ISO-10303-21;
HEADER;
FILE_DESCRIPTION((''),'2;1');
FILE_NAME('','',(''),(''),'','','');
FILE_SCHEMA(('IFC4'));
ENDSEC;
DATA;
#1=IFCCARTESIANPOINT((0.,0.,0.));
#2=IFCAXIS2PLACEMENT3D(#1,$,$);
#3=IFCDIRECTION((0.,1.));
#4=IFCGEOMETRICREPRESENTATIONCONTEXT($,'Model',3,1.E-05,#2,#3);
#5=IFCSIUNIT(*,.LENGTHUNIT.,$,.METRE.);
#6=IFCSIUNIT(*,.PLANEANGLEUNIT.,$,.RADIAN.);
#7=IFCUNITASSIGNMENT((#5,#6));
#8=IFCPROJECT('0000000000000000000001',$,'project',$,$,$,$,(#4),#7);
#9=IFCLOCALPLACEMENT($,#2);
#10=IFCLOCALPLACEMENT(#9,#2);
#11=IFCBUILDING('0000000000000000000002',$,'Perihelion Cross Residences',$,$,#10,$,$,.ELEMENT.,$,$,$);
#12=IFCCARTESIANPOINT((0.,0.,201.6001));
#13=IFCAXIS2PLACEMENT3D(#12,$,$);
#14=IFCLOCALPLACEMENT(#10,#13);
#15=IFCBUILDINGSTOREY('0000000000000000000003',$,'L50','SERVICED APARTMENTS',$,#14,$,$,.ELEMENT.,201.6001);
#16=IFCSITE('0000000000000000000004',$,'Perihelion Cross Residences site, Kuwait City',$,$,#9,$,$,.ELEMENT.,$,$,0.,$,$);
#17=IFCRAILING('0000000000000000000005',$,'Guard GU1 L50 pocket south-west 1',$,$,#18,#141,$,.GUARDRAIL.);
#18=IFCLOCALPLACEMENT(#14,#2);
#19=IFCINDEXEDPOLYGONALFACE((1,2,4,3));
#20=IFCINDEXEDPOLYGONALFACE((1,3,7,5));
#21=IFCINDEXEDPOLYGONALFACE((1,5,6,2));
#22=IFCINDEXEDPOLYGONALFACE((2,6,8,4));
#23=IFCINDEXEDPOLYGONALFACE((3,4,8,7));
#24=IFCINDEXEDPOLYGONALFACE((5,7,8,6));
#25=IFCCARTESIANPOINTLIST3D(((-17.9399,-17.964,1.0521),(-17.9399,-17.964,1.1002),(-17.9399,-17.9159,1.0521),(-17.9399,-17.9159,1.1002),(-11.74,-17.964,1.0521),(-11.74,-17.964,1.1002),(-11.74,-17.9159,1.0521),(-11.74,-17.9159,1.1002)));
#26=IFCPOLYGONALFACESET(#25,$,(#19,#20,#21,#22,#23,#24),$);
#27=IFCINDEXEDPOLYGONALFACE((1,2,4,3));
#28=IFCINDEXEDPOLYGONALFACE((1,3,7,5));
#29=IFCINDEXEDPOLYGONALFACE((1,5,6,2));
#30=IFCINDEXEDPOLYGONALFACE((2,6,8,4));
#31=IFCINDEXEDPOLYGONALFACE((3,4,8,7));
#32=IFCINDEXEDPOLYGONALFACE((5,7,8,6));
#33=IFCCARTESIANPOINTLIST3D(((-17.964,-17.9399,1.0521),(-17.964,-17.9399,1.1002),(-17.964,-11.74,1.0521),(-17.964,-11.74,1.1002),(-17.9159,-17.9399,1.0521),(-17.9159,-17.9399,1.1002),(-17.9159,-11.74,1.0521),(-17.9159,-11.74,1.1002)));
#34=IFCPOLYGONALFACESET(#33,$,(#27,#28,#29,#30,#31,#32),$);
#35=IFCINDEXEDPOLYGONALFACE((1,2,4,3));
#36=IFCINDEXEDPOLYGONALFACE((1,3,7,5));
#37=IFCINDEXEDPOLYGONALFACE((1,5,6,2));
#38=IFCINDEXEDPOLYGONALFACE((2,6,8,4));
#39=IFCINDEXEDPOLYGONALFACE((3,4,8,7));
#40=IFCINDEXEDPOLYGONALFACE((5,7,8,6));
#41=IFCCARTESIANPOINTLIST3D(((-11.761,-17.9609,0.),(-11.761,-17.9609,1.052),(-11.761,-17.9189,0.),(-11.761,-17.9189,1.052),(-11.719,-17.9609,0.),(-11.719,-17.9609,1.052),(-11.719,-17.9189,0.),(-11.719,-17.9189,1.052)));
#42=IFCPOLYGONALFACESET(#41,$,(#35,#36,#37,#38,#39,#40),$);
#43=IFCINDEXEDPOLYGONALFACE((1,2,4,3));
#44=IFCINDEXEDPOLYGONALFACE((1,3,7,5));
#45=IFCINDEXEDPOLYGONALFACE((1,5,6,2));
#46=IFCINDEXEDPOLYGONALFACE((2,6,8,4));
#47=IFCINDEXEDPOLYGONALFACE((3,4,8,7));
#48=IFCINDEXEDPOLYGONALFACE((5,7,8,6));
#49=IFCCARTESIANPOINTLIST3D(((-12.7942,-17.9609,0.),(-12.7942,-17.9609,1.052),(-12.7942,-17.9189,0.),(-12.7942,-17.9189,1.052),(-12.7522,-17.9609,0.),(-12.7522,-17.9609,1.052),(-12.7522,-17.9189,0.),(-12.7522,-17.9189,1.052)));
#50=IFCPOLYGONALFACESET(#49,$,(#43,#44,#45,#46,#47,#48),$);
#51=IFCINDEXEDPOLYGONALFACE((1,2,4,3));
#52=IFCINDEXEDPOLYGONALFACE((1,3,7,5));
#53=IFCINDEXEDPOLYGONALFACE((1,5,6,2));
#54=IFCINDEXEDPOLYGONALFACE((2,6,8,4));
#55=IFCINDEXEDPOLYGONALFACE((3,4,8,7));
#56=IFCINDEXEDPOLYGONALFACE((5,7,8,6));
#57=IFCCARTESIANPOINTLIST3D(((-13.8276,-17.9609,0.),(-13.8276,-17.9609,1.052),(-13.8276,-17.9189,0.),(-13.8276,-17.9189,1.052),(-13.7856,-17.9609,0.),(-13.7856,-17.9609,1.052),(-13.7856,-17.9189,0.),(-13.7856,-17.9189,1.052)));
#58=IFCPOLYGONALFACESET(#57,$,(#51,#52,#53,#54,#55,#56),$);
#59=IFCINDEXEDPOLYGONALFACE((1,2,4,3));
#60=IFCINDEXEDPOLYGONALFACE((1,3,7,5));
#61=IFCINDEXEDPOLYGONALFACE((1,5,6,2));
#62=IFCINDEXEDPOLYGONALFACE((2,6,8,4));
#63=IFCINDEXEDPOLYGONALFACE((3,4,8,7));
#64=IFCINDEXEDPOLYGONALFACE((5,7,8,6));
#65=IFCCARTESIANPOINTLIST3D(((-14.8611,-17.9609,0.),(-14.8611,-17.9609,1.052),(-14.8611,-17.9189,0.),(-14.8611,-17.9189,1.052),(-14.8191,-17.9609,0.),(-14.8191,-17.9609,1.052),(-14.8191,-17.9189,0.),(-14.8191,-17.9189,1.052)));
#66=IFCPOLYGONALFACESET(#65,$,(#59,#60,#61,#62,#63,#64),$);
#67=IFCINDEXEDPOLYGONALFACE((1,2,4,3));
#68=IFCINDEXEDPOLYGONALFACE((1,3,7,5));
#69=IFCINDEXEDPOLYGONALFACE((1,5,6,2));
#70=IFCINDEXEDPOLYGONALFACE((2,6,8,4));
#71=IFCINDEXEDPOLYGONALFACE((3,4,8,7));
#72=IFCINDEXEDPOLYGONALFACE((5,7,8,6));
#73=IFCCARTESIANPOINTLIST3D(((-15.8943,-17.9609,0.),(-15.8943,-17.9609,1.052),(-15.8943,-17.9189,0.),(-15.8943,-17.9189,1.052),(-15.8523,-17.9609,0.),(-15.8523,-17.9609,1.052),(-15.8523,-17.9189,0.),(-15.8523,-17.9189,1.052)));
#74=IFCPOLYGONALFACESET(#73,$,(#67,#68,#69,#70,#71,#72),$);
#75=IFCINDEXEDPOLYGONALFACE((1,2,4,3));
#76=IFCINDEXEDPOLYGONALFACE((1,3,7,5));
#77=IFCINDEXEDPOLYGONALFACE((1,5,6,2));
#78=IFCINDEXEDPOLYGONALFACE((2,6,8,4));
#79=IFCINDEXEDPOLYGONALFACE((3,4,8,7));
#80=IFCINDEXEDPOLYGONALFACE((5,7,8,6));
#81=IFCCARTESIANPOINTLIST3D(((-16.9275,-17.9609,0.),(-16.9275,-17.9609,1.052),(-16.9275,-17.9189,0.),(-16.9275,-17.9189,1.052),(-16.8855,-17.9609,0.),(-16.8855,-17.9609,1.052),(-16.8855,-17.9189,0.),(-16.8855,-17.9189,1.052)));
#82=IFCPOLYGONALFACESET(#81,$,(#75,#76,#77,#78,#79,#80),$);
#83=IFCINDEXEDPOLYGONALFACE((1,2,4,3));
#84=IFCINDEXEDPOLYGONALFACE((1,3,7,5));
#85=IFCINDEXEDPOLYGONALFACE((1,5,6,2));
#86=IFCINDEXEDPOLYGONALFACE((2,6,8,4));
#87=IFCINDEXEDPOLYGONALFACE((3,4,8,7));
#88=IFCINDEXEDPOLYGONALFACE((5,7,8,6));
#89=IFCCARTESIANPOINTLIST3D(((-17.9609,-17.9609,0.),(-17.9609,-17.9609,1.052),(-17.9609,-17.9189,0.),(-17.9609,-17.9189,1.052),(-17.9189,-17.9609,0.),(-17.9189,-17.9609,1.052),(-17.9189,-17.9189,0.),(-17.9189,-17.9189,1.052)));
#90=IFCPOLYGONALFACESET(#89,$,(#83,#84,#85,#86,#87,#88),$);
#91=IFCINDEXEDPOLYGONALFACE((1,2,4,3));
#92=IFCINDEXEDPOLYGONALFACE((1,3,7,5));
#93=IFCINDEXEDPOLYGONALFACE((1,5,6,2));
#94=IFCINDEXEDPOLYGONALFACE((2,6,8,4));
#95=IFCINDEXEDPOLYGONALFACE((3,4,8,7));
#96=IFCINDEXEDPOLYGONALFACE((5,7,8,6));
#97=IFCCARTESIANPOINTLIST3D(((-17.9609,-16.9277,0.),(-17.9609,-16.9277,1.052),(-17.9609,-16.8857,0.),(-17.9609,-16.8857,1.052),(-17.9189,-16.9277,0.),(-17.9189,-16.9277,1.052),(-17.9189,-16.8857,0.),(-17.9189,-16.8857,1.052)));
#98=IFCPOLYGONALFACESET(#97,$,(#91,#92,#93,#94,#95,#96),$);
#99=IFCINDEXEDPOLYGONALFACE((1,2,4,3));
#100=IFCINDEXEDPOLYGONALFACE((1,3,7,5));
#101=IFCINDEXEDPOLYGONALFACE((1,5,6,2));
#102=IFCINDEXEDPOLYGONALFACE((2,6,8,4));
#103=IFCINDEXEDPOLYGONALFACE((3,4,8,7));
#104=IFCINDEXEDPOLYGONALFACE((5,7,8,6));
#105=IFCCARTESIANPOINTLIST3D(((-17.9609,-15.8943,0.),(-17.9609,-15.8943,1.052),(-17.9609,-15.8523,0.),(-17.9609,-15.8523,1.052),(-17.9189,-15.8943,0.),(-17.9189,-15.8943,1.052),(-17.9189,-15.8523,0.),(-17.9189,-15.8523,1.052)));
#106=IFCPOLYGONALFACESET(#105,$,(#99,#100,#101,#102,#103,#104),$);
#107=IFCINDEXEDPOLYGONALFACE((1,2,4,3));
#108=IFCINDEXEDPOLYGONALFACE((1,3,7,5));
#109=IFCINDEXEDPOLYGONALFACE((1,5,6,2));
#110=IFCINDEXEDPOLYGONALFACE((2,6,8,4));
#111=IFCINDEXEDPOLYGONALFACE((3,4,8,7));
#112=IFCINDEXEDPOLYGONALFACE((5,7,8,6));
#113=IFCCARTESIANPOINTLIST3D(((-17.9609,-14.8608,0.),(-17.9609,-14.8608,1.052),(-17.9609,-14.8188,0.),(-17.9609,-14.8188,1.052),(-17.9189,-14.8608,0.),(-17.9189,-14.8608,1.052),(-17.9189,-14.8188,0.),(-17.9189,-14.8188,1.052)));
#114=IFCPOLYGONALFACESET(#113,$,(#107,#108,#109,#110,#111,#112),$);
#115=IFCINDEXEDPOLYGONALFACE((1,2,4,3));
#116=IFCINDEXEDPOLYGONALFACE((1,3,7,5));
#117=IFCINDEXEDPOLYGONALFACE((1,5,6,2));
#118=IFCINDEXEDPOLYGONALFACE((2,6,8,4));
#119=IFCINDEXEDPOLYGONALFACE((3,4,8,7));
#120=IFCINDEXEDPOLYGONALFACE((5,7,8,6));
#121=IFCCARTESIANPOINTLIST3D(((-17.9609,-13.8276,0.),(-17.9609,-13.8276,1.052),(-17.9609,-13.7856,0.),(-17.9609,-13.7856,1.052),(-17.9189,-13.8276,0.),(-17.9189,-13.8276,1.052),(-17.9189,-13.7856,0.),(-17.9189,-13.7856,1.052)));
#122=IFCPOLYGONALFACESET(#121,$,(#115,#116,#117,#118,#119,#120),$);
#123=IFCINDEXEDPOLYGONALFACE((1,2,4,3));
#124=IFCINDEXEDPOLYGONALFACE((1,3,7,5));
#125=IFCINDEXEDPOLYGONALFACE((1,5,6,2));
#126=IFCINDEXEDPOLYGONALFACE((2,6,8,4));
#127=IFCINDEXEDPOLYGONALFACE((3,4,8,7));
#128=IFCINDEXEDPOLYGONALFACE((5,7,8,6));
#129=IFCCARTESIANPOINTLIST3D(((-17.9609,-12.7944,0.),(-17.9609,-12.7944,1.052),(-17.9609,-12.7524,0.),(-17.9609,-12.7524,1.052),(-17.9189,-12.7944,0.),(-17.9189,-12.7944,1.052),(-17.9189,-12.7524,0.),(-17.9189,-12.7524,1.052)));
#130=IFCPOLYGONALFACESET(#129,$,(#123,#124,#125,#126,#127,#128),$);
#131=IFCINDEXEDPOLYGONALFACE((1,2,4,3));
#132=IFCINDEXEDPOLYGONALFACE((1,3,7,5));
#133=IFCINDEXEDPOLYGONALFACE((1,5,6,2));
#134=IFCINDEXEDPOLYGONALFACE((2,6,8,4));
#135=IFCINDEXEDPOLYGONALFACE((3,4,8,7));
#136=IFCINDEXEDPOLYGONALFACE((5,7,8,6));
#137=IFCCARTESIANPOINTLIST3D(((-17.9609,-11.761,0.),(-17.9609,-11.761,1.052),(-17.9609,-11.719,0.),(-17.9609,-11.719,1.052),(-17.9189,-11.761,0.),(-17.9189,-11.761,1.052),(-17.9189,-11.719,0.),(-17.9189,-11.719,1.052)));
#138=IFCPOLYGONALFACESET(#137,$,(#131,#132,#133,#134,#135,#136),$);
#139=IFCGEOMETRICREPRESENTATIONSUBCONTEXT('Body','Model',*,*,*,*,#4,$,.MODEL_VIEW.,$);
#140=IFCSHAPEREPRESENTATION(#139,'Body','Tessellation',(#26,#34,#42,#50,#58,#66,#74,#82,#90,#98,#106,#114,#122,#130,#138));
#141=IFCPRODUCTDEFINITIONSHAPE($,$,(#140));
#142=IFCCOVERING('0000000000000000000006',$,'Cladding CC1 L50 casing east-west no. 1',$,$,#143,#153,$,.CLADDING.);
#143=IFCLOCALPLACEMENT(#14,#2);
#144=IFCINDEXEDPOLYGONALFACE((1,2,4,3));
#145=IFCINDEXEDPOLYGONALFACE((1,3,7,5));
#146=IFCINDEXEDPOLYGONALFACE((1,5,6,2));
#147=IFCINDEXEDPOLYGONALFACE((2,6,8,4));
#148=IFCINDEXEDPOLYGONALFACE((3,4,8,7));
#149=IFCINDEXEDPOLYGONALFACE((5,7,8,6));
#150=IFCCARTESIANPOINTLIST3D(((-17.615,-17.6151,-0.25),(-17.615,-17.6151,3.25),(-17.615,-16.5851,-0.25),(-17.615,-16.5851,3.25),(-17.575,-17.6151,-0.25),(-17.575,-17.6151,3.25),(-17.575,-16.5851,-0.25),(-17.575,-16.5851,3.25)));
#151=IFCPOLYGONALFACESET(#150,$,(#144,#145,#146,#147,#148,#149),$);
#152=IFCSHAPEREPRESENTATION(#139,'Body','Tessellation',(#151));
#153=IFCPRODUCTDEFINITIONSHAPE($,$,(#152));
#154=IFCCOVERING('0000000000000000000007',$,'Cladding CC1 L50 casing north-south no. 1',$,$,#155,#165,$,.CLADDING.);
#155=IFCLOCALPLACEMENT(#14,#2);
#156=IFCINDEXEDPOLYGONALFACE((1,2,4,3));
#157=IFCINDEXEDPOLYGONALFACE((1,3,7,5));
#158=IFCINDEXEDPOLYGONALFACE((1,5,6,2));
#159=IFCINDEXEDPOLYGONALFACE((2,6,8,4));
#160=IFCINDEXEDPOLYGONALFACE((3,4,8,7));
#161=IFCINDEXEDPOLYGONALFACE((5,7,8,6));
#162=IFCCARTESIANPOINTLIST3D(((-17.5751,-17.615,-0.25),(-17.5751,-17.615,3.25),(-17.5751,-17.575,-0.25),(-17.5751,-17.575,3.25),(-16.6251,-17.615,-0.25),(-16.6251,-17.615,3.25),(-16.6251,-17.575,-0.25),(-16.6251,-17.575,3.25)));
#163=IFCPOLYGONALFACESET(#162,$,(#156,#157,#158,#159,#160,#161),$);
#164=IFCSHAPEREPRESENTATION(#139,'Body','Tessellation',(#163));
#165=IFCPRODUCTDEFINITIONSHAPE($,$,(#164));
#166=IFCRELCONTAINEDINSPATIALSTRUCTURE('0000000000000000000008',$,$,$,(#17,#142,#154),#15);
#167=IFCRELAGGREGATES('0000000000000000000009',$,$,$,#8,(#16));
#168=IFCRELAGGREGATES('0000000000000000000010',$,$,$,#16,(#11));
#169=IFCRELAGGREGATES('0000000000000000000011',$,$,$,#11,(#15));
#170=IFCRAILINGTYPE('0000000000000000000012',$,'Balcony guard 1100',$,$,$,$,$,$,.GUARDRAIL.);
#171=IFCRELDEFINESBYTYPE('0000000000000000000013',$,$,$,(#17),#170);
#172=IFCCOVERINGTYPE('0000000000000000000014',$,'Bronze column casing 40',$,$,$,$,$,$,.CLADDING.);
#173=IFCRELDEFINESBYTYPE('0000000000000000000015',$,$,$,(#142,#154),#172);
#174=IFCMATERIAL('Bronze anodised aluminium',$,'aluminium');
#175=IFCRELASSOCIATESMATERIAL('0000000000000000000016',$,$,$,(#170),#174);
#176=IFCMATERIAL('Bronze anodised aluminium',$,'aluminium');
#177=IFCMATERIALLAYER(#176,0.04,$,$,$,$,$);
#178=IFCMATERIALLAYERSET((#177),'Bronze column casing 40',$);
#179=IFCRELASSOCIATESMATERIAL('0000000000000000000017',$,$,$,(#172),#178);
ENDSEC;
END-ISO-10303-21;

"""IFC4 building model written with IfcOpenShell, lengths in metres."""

from ifc_helpers import new_model, si_unit, direction, frame, origin, origin_2d, place, context, subcontext, project, spatial, rectangle, extrude, material, layer, layer_set, type_object, element, save


model = new_model("IFC4")

# Units and contexts
model_context = context("Model", 3, precision=1e-05, world=origin(), true_north=direction((0.0, 1.0)))
body_context = subcontext(model_context, "Body", "Model", "MODEL_VIEW")
ifc_project = project(units=[si_unit("LENGTHUNIT", "METRE"), si_unit("PLANEANGLEUNIT", "RADIAN")], contexts=[model_context])

# Site, building, storey
site_placement = place(None, origin())
site = spatial("IfcSite", under=ifc_project, at=site_placement, Name="Perihelion Cross Residences site, Kuwait City", CompositionType="ELEMENT", RefElevation=0.0)
building_placement = place(site_placement, origin())
building = spatial("IfcBuilding", under=site, at=building_placement, Name="Perihelion Cross Residences", CompositionType="ELEMENT")
storey_placement = place(building_placement, frame((0.0, 0.0, 201.6001)))
storey = spatial("IfcBuildingStorey", under=building, at=storey_placement, Name="L50", Description="SERVICED APARTMENTS", CompositionType="ELEMENT", Elevation=201.6001)

# Railing
ifc_material_1 = material(Name="Bronze anodised aluminium", Category="aluminium")
railing_type = type_object("IfcRailingType", Name="Balcony guard 1100", PredefinedType="GUARDRAIL", material=ifc_material_1)
railing_placement = place(storey_placement, frame((-11.74, -17.9399, 0.0)))
element("IfcRailing", 1, at=railing_placement, inside=storey, type_object=railing_type, Name="Guard GU1 L50 pocket south-west 1", PredefinedType="GUARDRAIL", context=body_context, shape_type="SweptSolid", body=[
    extrude(rectangle(XDim=0.0481, YDim=0.0481, at=origin_2d()), frame((0.0, 0.0, 1.0762), z_axis=(-1.0, 0.0, 0.0), x_axis=(0.0, -1.0, 0.0)), (0.0, 0.0, 1.0), 6.2),
    extrude(rectangle(XDim=0.0481, YDim=0.0481, at=origin_2d()), frame((-6.2, 0.0, 1.0762), z_axis=(0.0, 1.0, 0.0), x_axis=(-1.0, 0.0, 0.0)), (0.0, 0.0, 1.0), 6.2),
    extrude(rectangle(XDim=0.042, YDim=0.042, at=origin_2d()), origin(), (0.0, 0.0, 1.0), 1.052),
    extrude(rectangle(XDim=0.042, YDim=0.042, at=origin_2d()), frame((-1.0332, 0.0, 0.0)), (0.0, 0.0, 1.0), 1.052),
    extrude(rectangle(XDim=0.042, YDim=0.042, at=origin_2d()), frame((-2.0667, 0.0, 0.0)), (0.0, 0.0, 1.0), 1.052),
    extrude(rectangle(XDim=0.042, YDim=0.042, at=origin_2d()), frame((-3.1001, 0.0, 0.0)), (0.0, 0.0, 1.0), 1.052),
    extrude(rectangle(XDim=0.042, YDim=0.042, at=origin_2d()), frame((-4.1333, 0.0, 0.0)), (0.0, 0.0, 1.0), 1.052),
    extrude(rectangle(XDim=0.042, YDim=0.042, at=origin_2d()), frame((-5.1665, 0.0, 0.0)), (0.0, 0.0, 1.0), 1.052),
    extrude(rectangle(XDim=0.042, YDim=0.042, at=origin_2d()), frame((-6.2, 0.0, 0.0)), (0.0, 0.0, 1.0), 1.052),
    extrude(rectangle(XDim=0.042, YDim=0.042, at=origin_2d()), frame((-6.2, 1.0332, 0.0)), (0.0, 0.0, 1.0), 1.052),
    extrude(rectangle(XDim=0.042, YDim=0.042, at=origin_2d()), frame((-6.2, 2.0667, 0.0)), (0.0, 0.0, 1.0), 1.052),
    extrude(rectangle(XDim=0.042, YDim=0.042, at=origin_2d()), frame((-6.2, 3.1001, 0.0)), (0.0, 0.0, 1.0), 1.052),
    extrude(rectangle(XDim=0.042, YDim=0.042, at=origin_2d()), frame((-6.2, 4.1333, 0.0)), (0.0, 0.0, 1.0), 1.052),
    extrude(rectangle(XDim=0.042, YDim=0.042, at=origin_2d()), frame((-6.2, 5.1665, 0.0)), (0.0, 0.0, 1.0), 1.052),
    extrude(rectangle(XDim=0.042, YDim=0.042, at=origin_2d()), frame((-6.2, 6.2, 0.0)), (0.0, 0.0, 1.0), 1.052),
])

# Coverings
ifc_material_2 = material(Name="Bronze anodised aluminium", Category="aluminium")
ifc_layer_1 = layer(ifc_material_2, 0.04)
ifc_layer_set_1 = layer_set([ifc_layer_1], Name="Bronze column casing 40")
covering_type = type_object("IfcCoveringType", Name="Bronze column casing 40", PredefinedType="CLADDING", material=ifc_layer_set_1)
covering_1_placement = place(storey_placement, frame((-17.595, -17.1001, -0.25), z_axis=(0.0, 0.0, 1.0), x_axis=(1.0, 0.0, 0.0)))
element("IfcCovering", 2, at=covering_1_placement, inside=storey, type_object=covering_type, Name="Cladding CC1 L50 casing east-west no. 1", PredefinedType="CLADDING", context=body_context, shape_type="SweptSolid", body=[
    extrude(rectangle(XDim=0.04, YDim=1.03, at=origin_2d()), origin(), (0.0, 0.0, 1.0), 3.5),
])
covering_2_placement = place(storey_placement, frame((-17.1001, -17.595, -0.25), z_axis=(0.0, 0.0, 1.0), x_axis=(1.0, 0.0, 0.0)))
element("IfcCovering", 3, at=covering_2_placement, inside=storey, type_object=covering_type, Name="Cladding CC1 L50 casing north-south no. 1", PredefinedType="CLADDING", context=body_context, shape_type="SweptSolid", body=[
    extrude(rectangle(XDim=0.95, YDim=0.04, at=origin_2d()), origin(), (0.0, 0.0, 1.0), 3.5),
])

save(model, "model.ifc")
